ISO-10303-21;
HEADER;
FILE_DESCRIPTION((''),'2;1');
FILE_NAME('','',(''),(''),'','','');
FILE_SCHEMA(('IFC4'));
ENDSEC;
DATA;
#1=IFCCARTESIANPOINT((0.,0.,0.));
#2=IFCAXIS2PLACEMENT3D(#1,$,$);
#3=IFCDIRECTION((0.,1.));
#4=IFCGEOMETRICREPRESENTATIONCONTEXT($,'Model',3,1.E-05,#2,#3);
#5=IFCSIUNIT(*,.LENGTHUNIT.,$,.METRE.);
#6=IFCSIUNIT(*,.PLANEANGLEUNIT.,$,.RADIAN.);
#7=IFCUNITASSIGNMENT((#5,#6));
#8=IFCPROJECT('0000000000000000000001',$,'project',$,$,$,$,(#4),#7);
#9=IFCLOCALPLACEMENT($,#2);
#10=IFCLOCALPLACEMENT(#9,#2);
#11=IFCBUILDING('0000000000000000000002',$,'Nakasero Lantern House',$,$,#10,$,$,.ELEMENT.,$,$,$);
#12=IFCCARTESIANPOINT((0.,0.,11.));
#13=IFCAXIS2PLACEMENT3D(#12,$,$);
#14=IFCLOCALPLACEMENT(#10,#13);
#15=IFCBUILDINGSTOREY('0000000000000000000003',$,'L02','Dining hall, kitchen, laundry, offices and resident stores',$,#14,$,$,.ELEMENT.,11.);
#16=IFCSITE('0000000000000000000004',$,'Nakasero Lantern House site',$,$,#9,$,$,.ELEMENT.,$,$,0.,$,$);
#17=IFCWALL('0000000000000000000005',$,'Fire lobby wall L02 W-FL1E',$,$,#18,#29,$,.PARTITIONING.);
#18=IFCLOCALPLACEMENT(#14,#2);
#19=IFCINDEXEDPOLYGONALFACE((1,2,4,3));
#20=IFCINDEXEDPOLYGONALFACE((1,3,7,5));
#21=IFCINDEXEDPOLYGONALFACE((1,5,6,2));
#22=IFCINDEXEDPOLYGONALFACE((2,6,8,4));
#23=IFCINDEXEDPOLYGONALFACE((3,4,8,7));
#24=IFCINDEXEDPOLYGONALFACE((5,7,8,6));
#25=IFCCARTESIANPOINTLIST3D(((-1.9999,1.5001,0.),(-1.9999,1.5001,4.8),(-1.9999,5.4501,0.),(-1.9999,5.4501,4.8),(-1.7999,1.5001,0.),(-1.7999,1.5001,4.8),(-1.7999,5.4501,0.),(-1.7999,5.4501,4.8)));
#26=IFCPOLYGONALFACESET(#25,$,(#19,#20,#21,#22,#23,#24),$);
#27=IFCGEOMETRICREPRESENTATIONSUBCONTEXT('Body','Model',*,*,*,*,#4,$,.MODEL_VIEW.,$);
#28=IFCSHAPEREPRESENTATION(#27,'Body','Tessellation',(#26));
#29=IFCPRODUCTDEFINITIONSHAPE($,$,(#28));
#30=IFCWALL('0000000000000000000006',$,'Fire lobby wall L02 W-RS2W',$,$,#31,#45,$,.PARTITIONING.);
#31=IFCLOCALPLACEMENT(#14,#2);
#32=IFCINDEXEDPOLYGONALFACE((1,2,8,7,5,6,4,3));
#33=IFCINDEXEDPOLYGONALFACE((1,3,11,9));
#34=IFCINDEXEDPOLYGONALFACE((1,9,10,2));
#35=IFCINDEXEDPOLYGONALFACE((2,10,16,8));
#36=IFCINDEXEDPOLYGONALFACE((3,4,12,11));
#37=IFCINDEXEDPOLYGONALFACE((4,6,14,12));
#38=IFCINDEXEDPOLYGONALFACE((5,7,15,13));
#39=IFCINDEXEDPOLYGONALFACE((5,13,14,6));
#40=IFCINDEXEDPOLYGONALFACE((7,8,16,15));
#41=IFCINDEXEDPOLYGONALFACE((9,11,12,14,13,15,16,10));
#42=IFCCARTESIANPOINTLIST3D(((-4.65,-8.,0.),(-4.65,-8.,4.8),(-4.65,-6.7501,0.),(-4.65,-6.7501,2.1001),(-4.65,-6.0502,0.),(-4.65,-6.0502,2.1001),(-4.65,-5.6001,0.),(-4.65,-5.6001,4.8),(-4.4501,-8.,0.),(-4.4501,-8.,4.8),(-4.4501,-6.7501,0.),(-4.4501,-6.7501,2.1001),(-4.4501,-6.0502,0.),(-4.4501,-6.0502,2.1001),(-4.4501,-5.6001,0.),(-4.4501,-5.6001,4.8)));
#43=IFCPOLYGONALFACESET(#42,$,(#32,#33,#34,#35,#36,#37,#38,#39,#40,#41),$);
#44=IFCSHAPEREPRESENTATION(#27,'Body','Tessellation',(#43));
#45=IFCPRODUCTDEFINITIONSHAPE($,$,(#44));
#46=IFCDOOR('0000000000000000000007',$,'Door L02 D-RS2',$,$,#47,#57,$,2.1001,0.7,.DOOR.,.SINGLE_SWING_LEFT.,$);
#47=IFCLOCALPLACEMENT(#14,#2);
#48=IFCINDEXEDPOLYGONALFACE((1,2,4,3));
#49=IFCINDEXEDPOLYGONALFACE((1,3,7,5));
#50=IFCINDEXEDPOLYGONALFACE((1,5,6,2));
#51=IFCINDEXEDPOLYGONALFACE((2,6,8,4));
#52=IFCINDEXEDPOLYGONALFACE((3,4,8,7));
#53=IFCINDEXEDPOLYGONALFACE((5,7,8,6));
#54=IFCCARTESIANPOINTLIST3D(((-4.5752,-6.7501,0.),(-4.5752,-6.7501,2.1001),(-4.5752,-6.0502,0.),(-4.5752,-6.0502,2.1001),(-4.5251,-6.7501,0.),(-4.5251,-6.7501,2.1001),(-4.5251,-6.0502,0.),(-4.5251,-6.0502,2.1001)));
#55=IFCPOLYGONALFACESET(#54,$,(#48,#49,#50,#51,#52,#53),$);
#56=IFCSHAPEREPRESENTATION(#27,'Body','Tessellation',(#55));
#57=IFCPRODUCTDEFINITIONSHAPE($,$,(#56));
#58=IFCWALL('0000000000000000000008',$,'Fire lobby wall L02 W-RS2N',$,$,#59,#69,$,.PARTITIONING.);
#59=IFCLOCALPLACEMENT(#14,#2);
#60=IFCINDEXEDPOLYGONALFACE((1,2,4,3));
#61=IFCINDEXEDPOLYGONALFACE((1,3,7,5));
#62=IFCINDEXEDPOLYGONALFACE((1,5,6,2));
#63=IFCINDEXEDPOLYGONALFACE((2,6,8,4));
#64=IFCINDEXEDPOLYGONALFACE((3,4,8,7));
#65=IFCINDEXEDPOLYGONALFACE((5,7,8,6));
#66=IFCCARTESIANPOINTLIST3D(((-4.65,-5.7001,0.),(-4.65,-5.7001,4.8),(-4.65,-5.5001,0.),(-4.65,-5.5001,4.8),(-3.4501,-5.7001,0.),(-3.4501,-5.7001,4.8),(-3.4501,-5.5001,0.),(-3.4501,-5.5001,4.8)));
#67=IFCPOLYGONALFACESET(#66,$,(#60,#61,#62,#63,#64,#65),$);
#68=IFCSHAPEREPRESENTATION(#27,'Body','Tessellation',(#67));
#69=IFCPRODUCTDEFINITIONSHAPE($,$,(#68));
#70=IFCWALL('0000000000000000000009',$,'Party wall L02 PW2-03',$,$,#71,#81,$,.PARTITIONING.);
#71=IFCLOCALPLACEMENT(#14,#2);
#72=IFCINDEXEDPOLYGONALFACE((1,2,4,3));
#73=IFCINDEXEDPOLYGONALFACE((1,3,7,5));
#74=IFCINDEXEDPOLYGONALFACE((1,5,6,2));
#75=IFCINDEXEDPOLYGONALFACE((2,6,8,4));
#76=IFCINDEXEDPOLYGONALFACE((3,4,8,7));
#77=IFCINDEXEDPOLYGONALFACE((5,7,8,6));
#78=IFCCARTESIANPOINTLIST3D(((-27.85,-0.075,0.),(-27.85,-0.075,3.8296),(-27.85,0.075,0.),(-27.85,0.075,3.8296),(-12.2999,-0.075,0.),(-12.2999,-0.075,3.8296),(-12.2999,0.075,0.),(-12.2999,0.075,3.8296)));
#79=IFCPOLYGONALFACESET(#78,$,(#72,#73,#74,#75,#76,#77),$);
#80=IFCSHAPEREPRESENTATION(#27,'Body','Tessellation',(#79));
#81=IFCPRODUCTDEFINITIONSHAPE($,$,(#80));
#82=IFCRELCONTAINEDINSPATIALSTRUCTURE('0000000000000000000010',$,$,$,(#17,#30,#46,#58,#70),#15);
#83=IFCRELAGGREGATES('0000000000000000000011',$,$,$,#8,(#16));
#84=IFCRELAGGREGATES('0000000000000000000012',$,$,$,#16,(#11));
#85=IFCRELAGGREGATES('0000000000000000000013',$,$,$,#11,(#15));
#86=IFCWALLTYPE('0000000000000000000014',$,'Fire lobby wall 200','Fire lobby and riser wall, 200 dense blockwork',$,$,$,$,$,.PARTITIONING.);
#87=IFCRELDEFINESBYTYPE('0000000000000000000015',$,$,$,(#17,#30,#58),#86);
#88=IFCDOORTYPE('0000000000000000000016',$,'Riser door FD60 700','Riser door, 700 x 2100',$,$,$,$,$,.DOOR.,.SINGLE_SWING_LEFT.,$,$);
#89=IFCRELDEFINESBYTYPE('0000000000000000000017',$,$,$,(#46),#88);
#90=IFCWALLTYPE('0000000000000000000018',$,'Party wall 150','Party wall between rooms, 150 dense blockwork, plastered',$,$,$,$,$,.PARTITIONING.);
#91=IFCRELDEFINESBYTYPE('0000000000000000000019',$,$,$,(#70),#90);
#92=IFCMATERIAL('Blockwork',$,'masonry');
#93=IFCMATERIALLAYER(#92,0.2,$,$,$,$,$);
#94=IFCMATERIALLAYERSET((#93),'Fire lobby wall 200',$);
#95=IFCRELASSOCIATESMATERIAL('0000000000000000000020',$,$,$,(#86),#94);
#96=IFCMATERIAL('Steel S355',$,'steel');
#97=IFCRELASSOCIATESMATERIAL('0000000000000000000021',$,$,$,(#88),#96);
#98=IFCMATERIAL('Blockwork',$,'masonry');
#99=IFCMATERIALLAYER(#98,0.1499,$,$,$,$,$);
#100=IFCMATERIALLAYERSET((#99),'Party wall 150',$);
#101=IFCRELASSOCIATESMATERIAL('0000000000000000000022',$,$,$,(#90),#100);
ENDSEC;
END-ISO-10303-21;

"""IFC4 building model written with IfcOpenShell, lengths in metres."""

from ifc_helpers import new_model, si_unit, direction, frame, frame_2d, origin, place, context, subcontext, project, spatial, rectangle, extrude, material, layer, layer_set, type_object, element, fill, save


model = new_model("IFC4")

# Units and contexts
model_context = context("Model", 3, precision=1e-05, world=origin(), true_north=direction((0.0, 1.0)))
body_context = subcontext(model_context, "Body", "Model", "MODEL_VIEW")
ifc_project = project(units=[si_unit("LENGTHUNIT", "METRE"), si_unit("PLANEANGLEUNIT", "RADIAN")], contexts=[model_context])

# Site, building, storey
site_placement = place(None, origin())
site = spatial("IfcSite", under=ifc_project, at=site_placement, Name="Nakasero Lantern House site", CompositionType="ELEMENT", RefElevation=0.0)
building_placement = place(site_placement, origin())
building = spatial("IfcBuilding", under=site, at=building_placement, Name="Nakasero Lantern House", CompositionType="ELEMENT")
storey_placement = place(building_placement, frame((0.0, 0.0, 11.0)))
storey = spatial("IfcBuildingStorey", under=building, at=storey_placement, Name="L02", Description="Dining hall, kitchen, laundry, offices and resident stores", CompositionType="ELEMENT", Elevation=11.0)

# Shared definitions
ifc_material_1 = material(Name="Blockwork", Category="masonry")
ifc_layer_1 = layer(ifc_material_1, 0.2)
ifc_layer_set_1 = layer_set([ifc_layer_1], Name="Fire lobby wall 200")
wall_type_1 = type_object("IfcWallType", Name="Fire lobby wall 200", Description="Fire lobby and riser wall, 200 dense blockwork", PredefinedType="PARTITIONING", material=ifc_layer_set_1)

# Wall
wall_1_placement = place(storey_placement, frame((-1.8999, 1.5, 0.0), z_axis=(0.0, 0.0, 1.0), x_axis=(0.0, 1.0, 0.0)))
element("IfcWall", 1, at=wall_1_placement, inside=storey, type_object=wall_type_1, Name="Fire lobby wall L02 W-FL1E", PredefinedType="PARTITIONING", context=body_context, shape_type="SweptSolid", body=[
    extrude(rectangle(XDim=3.95, YDim=0.2, at=frame_2d((1.9751, 0.0))), origin(), (0.0, 0.0, 1.0), 4.8),
])

# Wall, opening, door
wall_2_placement = place(storey_placement, frame((-4.55, -5.6001, 0.0), z_axis=(0.0, 0.0, 1.0), x_axis=(0.0, -1.0, 0.0)))
wall_2 = element("IfcWall", 2, at=wall_2_placement, inside=storey, type_object=wall_type_1, Name="Fire lobby wall L02 W-RS2W", PredefinedType="PARTITIONING", context=body_context, shape_type="SweptSolid", body=[
    extrude(rectangle(XDim=2.3999, YDim=0.2, at=frame_2d((1.2, 0.0))), origin(), (0.0, 0.0, 1.0), 4.8),
])
opening_1_placement = place(wall_2_placement, frame((0.45, 0.0, 0.0)))
opening_1 = element("IfcOpeningElement", 3, at=opening_1_placement, cuts=wall_2, PredefinedType="OPENING", context=body_context, shape_type="SweptSolid", body=[
    extrude(rectangle(XDim=0.7, YDim=2.1001, at=frame_2d((0.3501, 1.05))), frame((0.0, 0.1199, 0.0), z_axis=(0.0, -1.0, 0.0), x_axis=(1.0, 0.0, 0.0)), (0.0, 0.0, 1.0), 0.24),
])
ifc_material_2 = material(Name="Steel S355", Category="steel")
door_type_1 = type_object("IfcDoorType", Name="Riser door FD60 700", Description="Riser door, 700 x 2100", OperationType="SINGLE_SWING_LEFT", PredefinedType="DOOR", material=ifc_material_2)
door_1_placement = place(opening_1_placement, origin())
door_1 = element("IfcDoor", 4, at=door_1_placement, inside=storey, type_object=door_type_1, Name="Door L02 D-RS2", OperationType="SINGLE_SWING_LEFT", OverallHeight=2.1001, OverallWidth=0.7, PredefinedType="DOOR", context=body_context, shape_type="SweptSolid", body=[
    extrude(rectangle(XDim=0.7, YDim=2.1001, at=frame_2d((0.3501, 1.05))), frame((0.0, 0.0249, 0.0), z_axis=(0.0, -1.0, 0.0), x_axis=(1.0, 0.0, 0.0)), (0.0, 0.0, 1.0), 0.05),
])
fill(opening_1, door_1)

# Walls
wall_3_placement = place(storey_placement, frame((-3.45, -5.6001, 0.0), z_axis=(0.0, 0.0, 1.0), x_axis=(-1.0, 0.0, 0.0)))
element("IfcWall", 5, at=wall_3_placement, inside=storey, type_object=wall_type_1, Name="Fire lobby wall L02 W-RS2N", PredefinedType="PARTITIONING", context=body_context, shape_type="SweptSolid", body=[
    extrude(rectangle(XDim=1.2, YDim=0.2, at=frame_2d((0.6001, 0.0))), origin(), (0.0, 0.0, 1.0), 4.8),
])
ifc_material_3 = material(Name="Blockwork", Category="masonry")
ifc_layer_2 = layer(ifc_material_3, 0.1499)
ifc_layer_set_2 = layer_set([ifc_layer_2], Name="Party wall 150")
wall_type_2 = type_object("IfcWallType", Name="Party wall 150", Description="Party wall between rooms, 150 dense blockwork, plastered", PredefinedType="PARTITIONING", material=ifc_layer_set_2)
wall_4_placement = place(storey_placement, frame((-12.3, 0.0, 0.0), z_axis=(0.0, 0.0, 1.0), x_axis=(-1.0, 0.0, 0.0)))
element("IfcWall", 6, at=wall_4_placement, inside=storey, type_object=wall_type_2, Name="Party wall L02 PW2-03", PredefinedType="PARTITIONING", context=body_context, shape_type="SweptSolid", body=[
    extrude(rectangle(XDim=15.55, YDim=0.1499, at=frame_2d((7.7749, 0.0))), origin(), (0.0, 0.0, 1.0), 3.8296),
])

save(model, "model.ifc")
